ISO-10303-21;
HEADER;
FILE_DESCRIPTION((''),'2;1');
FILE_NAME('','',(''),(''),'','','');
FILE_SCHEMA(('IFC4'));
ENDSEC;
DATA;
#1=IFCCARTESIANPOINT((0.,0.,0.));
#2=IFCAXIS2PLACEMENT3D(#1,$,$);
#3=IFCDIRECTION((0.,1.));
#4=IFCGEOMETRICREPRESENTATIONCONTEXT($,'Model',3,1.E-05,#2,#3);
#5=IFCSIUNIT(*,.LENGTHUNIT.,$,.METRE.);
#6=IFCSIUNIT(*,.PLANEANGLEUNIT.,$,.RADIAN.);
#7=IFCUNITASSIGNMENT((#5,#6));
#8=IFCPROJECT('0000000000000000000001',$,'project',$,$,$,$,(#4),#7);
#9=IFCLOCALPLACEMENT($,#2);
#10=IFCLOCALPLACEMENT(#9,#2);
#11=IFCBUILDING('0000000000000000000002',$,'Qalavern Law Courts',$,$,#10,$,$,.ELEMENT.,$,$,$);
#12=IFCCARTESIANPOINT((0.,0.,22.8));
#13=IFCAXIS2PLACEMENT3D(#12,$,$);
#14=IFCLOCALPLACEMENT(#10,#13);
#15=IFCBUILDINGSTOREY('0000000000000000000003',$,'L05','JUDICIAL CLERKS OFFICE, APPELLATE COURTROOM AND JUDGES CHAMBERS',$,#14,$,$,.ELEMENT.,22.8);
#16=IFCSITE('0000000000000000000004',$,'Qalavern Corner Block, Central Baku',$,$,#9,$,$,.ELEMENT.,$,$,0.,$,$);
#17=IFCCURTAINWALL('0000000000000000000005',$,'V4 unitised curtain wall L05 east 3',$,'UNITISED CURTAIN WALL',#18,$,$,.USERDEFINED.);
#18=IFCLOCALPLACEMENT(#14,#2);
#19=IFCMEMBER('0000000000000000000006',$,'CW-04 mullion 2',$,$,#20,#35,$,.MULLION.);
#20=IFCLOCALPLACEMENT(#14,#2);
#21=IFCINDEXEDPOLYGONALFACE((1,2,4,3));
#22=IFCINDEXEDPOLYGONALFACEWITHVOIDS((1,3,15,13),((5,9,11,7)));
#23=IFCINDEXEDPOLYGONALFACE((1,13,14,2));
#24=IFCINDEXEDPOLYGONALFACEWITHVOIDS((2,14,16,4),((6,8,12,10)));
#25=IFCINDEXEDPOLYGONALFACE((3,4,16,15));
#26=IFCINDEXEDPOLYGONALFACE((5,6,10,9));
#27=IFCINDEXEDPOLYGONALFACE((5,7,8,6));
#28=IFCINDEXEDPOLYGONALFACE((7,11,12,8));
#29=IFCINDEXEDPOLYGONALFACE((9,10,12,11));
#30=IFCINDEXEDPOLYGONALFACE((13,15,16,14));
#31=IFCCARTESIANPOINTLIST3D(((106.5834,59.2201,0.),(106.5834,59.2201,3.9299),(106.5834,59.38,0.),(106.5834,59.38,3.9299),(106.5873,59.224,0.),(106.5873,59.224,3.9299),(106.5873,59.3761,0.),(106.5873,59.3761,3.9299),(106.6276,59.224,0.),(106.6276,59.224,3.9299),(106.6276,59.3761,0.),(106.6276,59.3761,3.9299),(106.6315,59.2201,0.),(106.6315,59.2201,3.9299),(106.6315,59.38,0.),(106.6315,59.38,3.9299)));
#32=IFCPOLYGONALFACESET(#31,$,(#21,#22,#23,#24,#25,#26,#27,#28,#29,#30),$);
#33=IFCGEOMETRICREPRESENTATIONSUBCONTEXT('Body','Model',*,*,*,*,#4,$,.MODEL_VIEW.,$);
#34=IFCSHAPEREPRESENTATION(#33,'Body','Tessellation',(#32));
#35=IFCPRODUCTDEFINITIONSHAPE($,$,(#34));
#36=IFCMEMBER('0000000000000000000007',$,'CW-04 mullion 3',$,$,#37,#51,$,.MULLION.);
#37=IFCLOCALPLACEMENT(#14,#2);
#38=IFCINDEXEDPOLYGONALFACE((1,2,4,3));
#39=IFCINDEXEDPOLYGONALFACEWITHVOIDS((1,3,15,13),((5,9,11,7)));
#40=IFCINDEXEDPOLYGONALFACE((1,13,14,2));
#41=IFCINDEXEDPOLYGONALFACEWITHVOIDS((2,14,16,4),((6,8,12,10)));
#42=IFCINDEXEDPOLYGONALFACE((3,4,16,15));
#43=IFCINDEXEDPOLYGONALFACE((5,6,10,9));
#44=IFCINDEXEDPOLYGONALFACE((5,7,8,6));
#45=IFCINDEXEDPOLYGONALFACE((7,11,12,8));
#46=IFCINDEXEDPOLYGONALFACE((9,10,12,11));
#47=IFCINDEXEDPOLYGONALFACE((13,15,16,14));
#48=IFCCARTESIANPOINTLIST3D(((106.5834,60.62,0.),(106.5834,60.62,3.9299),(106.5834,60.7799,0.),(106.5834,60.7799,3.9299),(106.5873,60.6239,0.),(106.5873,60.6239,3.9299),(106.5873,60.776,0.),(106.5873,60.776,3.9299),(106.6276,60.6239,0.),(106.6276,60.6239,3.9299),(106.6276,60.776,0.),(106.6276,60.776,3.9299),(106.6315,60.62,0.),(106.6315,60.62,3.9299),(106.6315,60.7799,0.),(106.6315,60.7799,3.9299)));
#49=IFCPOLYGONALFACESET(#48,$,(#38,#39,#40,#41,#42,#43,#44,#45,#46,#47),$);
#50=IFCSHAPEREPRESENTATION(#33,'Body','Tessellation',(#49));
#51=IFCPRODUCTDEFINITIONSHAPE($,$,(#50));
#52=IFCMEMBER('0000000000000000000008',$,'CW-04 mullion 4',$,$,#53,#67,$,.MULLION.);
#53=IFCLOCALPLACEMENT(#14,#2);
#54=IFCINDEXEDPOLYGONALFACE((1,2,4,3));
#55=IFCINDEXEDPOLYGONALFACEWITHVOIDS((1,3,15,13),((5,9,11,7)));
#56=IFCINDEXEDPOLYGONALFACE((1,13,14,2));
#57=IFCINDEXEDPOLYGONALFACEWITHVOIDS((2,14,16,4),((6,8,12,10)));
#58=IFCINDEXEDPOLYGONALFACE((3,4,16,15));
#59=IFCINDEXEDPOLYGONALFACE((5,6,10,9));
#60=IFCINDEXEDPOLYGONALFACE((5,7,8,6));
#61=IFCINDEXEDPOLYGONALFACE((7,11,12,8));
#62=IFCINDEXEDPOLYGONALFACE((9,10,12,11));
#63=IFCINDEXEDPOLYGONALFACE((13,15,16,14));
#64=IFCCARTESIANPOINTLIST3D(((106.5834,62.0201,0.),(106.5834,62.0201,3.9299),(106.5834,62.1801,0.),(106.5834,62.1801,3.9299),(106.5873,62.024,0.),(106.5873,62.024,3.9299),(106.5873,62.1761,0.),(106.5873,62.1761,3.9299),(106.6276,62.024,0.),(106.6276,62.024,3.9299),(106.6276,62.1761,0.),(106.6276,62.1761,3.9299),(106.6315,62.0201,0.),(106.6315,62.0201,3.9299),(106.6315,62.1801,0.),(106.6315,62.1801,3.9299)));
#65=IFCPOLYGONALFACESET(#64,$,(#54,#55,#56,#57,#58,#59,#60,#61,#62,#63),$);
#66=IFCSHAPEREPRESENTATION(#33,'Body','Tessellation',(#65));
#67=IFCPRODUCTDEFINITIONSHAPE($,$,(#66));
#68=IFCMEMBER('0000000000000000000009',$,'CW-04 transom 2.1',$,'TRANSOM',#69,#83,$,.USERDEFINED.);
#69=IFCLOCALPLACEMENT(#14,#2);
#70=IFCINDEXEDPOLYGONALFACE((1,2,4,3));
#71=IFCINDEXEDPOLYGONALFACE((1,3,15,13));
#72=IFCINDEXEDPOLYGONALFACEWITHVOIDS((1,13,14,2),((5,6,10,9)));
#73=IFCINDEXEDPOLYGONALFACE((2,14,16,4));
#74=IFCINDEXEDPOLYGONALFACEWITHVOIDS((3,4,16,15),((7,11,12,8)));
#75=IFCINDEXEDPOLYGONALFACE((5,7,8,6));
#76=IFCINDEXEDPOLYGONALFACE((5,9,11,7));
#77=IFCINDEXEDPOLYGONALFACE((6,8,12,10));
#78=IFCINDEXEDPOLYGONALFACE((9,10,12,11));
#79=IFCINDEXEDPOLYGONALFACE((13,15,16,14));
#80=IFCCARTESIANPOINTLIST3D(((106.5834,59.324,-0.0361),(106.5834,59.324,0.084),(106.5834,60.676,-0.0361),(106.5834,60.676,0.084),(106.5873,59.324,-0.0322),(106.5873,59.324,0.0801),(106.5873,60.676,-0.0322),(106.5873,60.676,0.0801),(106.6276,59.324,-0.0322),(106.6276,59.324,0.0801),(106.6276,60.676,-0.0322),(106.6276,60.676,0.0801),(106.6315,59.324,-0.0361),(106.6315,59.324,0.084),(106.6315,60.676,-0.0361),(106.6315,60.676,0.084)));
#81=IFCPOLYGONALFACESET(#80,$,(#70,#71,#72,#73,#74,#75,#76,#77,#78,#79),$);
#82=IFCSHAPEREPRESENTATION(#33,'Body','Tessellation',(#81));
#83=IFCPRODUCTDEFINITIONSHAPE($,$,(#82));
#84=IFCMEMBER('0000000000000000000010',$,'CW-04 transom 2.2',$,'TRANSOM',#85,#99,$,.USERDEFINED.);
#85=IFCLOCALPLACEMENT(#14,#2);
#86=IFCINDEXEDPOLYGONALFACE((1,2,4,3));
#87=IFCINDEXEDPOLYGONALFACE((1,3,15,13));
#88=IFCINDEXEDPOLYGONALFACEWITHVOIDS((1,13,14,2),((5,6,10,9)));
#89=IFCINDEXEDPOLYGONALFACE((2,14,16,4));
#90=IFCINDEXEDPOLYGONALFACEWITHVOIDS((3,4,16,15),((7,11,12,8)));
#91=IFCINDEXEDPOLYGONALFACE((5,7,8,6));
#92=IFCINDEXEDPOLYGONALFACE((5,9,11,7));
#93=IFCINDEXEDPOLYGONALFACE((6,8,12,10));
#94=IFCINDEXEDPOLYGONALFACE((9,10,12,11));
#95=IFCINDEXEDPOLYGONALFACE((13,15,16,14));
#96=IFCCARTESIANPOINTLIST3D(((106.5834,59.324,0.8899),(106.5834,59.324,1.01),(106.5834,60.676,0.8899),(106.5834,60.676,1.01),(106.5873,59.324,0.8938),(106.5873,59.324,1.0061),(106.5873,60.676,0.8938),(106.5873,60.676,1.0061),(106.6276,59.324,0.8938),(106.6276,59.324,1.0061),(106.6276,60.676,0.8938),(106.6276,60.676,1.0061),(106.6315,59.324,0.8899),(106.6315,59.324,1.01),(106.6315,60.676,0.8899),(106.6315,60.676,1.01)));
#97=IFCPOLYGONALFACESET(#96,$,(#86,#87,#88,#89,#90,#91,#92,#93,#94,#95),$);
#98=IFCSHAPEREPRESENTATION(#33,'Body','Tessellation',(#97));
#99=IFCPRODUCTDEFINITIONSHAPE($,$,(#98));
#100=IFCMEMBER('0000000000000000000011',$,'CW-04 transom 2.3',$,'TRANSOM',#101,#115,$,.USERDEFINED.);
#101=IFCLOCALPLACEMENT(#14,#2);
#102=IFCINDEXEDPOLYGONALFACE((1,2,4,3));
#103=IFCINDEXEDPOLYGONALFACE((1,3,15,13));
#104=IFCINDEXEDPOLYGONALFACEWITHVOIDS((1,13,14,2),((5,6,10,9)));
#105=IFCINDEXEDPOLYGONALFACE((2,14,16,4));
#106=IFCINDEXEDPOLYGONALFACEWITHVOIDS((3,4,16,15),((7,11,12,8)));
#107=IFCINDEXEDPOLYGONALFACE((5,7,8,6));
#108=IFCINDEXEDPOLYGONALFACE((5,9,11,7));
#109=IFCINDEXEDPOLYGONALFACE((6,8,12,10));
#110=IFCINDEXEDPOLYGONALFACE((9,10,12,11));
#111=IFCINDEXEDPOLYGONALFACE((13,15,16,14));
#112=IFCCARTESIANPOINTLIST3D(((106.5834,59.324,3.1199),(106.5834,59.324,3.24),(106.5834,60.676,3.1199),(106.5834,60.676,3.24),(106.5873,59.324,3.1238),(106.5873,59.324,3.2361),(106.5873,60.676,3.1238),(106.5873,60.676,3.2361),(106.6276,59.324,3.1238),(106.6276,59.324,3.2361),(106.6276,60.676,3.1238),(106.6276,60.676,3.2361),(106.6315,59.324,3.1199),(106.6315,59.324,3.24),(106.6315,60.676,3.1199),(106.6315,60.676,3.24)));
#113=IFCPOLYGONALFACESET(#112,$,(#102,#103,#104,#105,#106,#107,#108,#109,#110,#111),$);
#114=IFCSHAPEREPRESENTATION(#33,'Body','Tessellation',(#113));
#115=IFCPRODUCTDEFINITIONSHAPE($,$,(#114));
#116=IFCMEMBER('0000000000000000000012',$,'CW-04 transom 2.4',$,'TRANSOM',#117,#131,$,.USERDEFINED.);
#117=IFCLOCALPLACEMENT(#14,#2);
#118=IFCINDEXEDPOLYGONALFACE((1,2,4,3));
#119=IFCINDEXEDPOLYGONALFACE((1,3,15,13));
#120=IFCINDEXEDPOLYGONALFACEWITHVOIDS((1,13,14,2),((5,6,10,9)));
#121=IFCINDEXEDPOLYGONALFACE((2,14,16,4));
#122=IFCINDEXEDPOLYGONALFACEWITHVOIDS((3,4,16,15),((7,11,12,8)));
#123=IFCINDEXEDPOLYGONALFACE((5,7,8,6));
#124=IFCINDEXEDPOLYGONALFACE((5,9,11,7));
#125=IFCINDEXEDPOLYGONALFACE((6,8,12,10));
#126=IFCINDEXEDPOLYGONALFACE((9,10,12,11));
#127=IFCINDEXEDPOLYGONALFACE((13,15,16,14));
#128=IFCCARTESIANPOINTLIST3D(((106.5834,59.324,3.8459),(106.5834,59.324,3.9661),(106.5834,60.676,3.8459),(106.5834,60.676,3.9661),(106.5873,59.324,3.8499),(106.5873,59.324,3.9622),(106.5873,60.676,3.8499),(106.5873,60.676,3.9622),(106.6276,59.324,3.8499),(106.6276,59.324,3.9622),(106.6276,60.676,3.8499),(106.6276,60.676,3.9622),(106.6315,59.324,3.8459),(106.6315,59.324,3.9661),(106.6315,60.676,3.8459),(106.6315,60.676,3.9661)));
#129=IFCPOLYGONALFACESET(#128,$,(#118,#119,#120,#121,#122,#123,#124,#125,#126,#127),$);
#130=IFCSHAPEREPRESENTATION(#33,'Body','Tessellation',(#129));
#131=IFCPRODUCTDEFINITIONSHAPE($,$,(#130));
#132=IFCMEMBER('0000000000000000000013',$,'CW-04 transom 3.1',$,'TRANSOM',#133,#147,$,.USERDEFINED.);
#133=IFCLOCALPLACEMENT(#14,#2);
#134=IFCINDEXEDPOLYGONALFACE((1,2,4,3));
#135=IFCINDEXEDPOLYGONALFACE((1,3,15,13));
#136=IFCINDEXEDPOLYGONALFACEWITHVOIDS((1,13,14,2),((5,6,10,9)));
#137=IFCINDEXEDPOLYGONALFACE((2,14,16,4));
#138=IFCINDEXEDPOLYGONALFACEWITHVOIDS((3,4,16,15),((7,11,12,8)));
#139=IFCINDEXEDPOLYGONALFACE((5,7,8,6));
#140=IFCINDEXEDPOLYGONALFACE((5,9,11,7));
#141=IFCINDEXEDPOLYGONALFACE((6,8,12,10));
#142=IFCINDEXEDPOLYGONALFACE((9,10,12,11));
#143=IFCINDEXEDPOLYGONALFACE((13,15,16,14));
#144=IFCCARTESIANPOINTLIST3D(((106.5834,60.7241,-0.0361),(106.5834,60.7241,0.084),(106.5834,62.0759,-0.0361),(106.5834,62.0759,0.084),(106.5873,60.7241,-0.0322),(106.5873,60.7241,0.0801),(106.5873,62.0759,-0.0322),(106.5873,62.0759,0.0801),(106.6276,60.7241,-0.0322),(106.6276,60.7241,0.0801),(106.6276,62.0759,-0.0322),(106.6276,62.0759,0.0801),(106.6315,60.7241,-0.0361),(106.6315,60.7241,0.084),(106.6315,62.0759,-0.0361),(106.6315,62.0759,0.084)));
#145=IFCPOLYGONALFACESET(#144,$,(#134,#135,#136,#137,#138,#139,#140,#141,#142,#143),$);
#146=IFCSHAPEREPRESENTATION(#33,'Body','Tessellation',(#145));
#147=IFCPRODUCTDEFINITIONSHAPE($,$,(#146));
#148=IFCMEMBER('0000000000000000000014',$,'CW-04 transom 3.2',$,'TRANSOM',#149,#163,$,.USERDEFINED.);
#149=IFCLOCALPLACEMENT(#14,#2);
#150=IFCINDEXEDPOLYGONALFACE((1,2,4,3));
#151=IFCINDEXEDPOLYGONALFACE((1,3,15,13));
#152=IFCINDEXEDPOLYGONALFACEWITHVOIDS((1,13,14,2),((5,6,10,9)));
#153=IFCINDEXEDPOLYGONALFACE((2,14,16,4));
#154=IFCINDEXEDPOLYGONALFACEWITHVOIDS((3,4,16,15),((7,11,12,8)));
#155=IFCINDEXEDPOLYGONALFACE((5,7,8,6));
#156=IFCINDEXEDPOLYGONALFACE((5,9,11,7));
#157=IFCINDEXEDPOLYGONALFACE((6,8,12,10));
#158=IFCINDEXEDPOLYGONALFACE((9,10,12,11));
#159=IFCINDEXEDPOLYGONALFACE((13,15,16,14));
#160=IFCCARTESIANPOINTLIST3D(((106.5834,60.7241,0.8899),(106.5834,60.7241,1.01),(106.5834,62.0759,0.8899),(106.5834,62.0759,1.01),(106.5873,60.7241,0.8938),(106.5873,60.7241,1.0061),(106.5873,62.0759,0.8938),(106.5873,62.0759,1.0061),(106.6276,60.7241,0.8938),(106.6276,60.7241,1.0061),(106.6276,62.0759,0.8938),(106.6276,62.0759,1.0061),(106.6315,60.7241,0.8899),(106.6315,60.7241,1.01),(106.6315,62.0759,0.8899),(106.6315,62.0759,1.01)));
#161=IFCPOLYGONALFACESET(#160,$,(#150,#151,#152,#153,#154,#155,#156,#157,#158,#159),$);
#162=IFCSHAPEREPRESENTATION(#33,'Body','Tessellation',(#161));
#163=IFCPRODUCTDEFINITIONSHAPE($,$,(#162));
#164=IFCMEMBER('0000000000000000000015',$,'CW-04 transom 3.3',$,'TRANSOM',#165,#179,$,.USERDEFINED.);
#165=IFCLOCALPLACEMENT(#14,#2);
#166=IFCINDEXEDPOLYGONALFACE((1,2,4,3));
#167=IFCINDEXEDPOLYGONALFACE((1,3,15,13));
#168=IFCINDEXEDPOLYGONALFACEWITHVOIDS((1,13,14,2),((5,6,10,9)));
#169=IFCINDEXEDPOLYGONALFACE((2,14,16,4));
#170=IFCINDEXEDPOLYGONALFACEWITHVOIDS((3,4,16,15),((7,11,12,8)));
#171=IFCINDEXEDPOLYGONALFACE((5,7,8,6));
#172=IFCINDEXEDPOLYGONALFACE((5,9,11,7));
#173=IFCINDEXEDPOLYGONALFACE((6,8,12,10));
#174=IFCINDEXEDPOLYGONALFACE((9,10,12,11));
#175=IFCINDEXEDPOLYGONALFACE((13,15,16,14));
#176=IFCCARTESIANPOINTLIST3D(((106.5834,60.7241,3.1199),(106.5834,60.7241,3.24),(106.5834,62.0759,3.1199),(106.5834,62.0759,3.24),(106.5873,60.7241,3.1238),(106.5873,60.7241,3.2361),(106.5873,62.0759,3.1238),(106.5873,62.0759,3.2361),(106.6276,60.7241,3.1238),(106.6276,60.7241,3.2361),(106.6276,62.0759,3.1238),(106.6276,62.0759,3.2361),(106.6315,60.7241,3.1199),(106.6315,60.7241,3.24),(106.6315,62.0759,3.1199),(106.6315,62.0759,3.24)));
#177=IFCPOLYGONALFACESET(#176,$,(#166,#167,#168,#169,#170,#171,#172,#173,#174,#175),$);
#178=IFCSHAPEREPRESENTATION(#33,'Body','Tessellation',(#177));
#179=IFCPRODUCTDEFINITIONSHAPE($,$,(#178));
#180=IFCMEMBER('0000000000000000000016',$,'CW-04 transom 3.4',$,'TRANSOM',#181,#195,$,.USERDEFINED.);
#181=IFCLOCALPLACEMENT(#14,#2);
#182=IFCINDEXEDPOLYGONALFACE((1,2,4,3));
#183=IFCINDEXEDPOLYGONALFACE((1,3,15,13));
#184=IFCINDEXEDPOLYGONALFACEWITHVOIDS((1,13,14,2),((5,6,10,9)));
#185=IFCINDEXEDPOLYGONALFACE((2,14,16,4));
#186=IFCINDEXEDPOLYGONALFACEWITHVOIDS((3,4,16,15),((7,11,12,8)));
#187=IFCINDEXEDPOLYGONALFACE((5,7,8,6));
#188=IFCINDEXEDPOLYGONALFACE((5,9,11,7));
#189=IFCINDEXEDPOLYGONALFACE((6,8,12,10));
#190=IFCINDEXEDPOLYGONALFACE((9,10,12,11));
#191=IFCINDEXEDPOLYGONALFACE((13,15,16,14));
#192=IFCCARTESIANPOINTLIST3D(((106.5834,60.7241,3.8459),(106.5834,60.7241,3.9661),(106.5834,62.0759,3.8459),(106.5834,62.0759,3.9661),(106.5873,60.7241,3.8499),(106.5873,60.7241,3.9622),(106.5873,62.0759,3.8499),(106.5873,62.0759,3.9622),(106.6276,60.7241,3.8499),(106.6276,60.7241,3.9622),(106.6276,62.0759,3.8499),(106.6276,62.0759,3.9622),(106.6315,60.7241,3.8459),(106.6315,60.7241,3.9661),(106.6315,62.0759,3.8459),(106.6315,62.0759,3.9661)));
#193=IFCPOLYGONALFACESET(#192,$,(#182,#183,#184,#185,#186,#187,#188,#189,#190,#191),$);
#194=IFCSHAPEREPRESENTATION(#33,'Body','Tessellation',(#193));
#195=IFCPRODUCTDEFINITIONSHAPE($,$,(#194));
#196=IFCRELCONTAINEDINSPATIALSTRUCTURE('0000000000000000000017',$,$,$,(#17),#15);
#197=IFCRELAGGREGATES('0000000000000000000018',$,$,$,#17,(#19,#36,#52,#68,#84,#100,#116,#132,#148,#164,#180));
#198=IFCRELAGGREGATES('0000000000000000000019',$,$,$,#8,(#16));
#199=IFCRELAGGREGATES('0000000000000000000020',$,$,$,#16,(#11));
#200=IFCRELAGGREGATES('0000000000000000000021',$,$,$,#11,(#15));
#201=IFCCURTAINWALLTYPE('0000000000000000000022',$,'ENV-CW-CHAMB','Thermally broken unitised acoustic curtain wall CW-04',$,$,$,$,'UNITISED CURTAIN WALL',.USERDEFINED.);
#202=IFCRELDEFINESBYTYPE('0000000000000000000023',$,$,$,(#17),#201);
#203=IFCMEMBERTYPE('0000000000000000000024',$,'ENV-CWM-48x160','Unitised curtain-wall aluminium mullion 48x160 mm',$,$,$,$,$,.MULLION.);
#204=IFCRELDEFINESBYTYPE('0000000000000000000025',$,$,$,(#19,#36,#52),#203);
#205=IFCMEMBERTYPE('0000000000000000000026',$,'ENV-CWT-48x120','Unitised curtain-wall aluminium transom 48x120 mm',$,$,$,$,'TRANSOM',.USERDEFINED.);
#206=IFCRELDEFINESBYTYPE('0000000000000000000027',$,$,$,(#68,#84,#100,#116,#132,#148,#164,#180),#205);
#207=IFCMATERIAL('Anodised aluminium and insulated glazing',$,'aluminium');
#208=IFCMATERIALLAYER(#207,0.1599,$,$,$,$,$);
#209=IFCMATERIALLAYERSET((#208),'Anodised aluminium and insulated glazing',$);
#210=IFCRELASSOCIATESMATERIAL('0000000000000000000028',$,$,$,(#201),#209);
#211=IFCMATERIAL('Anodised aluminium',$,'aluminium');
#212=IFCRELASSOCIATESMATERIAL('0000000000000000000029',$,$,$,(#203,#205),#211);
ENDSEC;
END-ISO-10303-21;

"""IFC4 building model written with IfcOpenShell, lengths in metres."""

from ifc_helpers import new_model, si_unit, direction, frame, origin, origin_2d, place, context, subcontext, project, spatial, hollow_rectangle, extrude, material, layer, layer_set, material_profile, profile_set, type_object, element, aggregate, save


model = new_model("IFC4")

# Units and contexts
model_context = context("Model", 3, precision=1e-05, world=origin(), true_north=direction((0.0, 1.0)))
body_context = subcontext(model_context, "Body", "Model", "MODEL_VIEW")
ifc_project = project(units=[si_unit("LENGTHUNIT", "METRE"), si_unit("PLANEANGLEUNIT", "RADIAN")], contexts=[model_context])

# Site, building, storey
site_placement = place(None, origin())
site = spatial("IfcSite", under=ifc_project, at=site_placement, Name="Qalavern Corner Block, Central Baku", CompositionType="ELEMENT", RefElevation=0.0)
building_placement = place(site_placement, origin())
building = spatial("IfcBuilding", under=site, at=building_placement, Name="Qalavern Law Courts", CompositionType="ELEMENT")
storey_placement = place(building_placement, frame((0.0, 0.0, 22.8)))
storey = spatial("IfcBuildingStorey", under=building, at=storey_placement, Name="L05", Description="JUDICIAL CLERKS OFFICE, APPELLATE COURTROOM AND JUDGES CHAMBERS", CompositionType="ELEMENT", Elevation=22.8)

# Curtain wall, members
ifc_material_1 = material(Name="Anodised aluminium and insulated glazing", Category="aluminium")
ifc_layer_1 = layer(ifc_material_1, 0.1599)
ifc_layer_set_1 = layer_set([ifc_layer_1], Name="Anodised aluminium and insulated glazing")
curtain_wall_type = type_object("IfcCurtainWallType", Name="ENV-CW-CHAMB", Description="Thermally broken unitised acoustic curtain wall CW-04", ElementType="UNITISED CURTAIN WALL", PredefinedType="USERDEFINED", material=ifc_layer_set_1)
curtain_wall_placement = place(storey_placement, origin())
curtain_wall = element("IfcCurtainWall", 1, at=curtain_wall_placement, inside=storey, type_object=curtain_wall_type, Name="V4 unitised curtain wall L05 east 3", ObjectType="UNITISED CURTAIN WALL", PredefinedType="USERDEFINED")
ifc_material_2 = material(Name="Anodised aluminium", Category="aluminium")
ifc_material_profile_1 = material_profile(ifc_material_2, hollow_rectangle(XDim=0.0481, YDim=0.1599, WallThickness=0.0039, at=origin_2d()), Name="ALU MULLION 48x160")
ifc_profile_set_1 = profile_set([ifc_material_profile_1], Name="Anodised aluminium")
member_type_1 = type_object("IfcMemberType", Name="ENV-CWM-48x160", Description="Unitised curtain-wall aluminium mullion 48x160 mm", PredefinedType="MULLION", material=ifc_profile_set_1)
member_1_placement = place(storey_placement, frame((106.6074, 59.3, 0.0), z_axis=(0.0, 0.0, 1.0), x_axis=(-1.0, 0.0, 0.0)))
member_1 = element("IfcMember", 2, at=member_1_placement, type_object=member_type_1, Name="CW-04 mullion 2", PredefinedType="MULLION", context=body_context, shape_type="SweptSolid", body=[
    extrude(hollow_rectangle(XDim=0.0481, YDim=0.1599, WallThickness=0.0039, at=origin_2d()), origin(), (0.0, 0.0, 1.0), 3.9299),
])
member_2_placement = place(storey_placement, frame((106.6074, 60.7, 0.0), z_axis=(0.0, 0.0, 1.0), x_axis=(-1.0, 0.0, 0.0)))
member_2 = element("IfcMember", 3, at=member_2_placement, type_object=member_type_1, Name="CW-04 mullion 3", PredefinedType="MULLION", context=body_context, shape_type="SweptSolid", body=[
    extrude(hollow_rectangle(XDim=0.0481, YDim=0.1599, WallThickness=0.0039, at=origin_2d()), origin(), (0.0, 0.0, 1.0), 3.9299),
])
member_3_placement = place(storey_placement, frame((106.6074, 62.1001, 0.0), z_axis=(0.0, 0.0, 1.0), x_axis=(-1.0, 0.0, 0.0)))
member_3 = element("IfcMember", 4, at=member_3_placement, type_object=member_type_1, Name="CW-04 mullion 4", PredefinedType="MULLION", context=body_context, shape_type="SweptSolid", body=[
    extrude(hollow_rectangle(XDim=0.0481, YDim=0.1599, WallThickness=0.0039, at=origin_2d()), origin(), (0.0, 0.0, 1.0), 3.9299),
])
ifc_material_profile_2 = material_profile(ifc_material_2, hollow_rectangle(XDim=0.0481, YDim=0.1201, WallThickness=0.0039, at=origin_2d()), Name="ALU TRANSOM 48x120")
ifc_profile_set_2 = profile_set([ifc_material_profile_2], Name="Anodised aluminium")
member_type_2 = type_object("IfcMemberType", Name="ENV-CWT-48x120", Description="Unitised curtain-wall aluminium transom 48x120 mm", ElementType="TRANSOM", PredefinedType="USERDEFINED", material=ifc_profile_set_2)
member_4_placement = place(storey_placement, frame((106.6074, 59.324, 0.0239), z_axis=(0.0, 1.0, 0.0), x_axis=(-1.0, 0.0, 0.0)))
member_4 = element("IfcMember", 5, at=member_4_placement, type_object=member_type_2, Name="CW-04 transom 2.1", ObjectType="TRANSOM", PredefinedType="USERDEFINED", context=body_context, shape_type="SweptSolid", body=[
    extrude(hollow_rectangle(XDim=0.0481, YDim=0.1201, WallThickness=0.0039, at=origin_2d()), origin(), (0.0, 0.0, 1.0), 1.3521),
])
member_5_placement = place(storey_placement, frame((106.6074, 59.324, 0.95), z_axis=(0.0, 1.0, 0.0), x_axis=(-1.0, 0.0, 0.0)))
member_5 = element("IfcMember", 6, at=member_5_placement, type_object=member_type_2, Name="CW-04 transom 2.2", ObjectType="TRANSOM", PredefinedType="USERDEFINED", context=body_context, shape_type="SweptSolid", body=[
    extrude(hollow_rectangle(XDim=0.0481, YDim=0.1201, WallThickness=0.0039, at=origin_2d()), origin(), (0.0, 0.0, 1.0), 1.3521),
])
member_6_placement = place(storey_placement, frame((106.6074, 59.324, 3.1799), z_axis=(0.0, 1.0, 0.0), x_axis=(-1.0, 0.0, 0.0)))
member_6 = element("IfcMember", 7, at=member_6_placement, type_object=member_type_2, Name="CW-04 transom 2.3", ObjectType="TRANSOM", PredefinedType="USERDEFINED", context=body_context, shape_type="SweptSolid", body=[
    extrude(hollow_rectangle(XDim=0.0481, YDim=0.1201, WallThickness=0.0039, at=origin_2d()), origin(), (0.0, 0.0, 1.0), 1.3521),
])
member_7_placement = place(storey_placement, frame((106.6074, 59.324, 3.906), z_axis=(0.0, 1.0, 0.0), x_axis=(-1.0, 0.0, 0.0)))
member_7 = element("IfcMember", 8, at=member_7_placement, type_object=member_type_2, Name="CW-04 transom 2.4", ObjectType="TRANSOM", PredefinedType="USERDEFINED", context=body_context, shape_type="SweptSolid", body=[
    extrude(hollow_rectangle(XDim=0.0481, YDim=0.1201, WallThickness=0.0039, at=origin_2d()), origin(), (0.0, 0.0, 1.0), 1.3521),
])
member_8_placement = place(storey_placement, frame((106.6074, 60.7241, 0.0239), z_axis=(0.0, 1.0, 0.0), x_axis=(-1.0, 0.0, 0.0)))
member_8 = element("IfcMember", 9, at=member_8_placement, type_object=member_type_2, Name="CW-04 transom 3.1", ObjectType="TRANSOM", PredefinedType="USERDEFINED", context=body_context, shape_type="SweptSolid", body=[
    extrude(hollow_rectangle(XDim=0.0481, YDim=0.1201, WallThickness=0.0039, at=origin_2d()), origin(), (0.0, 0.0, 1.0), 1.3518),
])
member_9_placement = place(storey_placement, frame((106.6074, 60.7241, 0.95), z_axis=(0.0, 1.0, 0.0), x_axis=(-1.0, 0.0, 0.0)))
member_9 = element("IfcMember", 10, at=member_9_placement, type_object=member_type_2, Name="CW-04 transom 3.2", ObjectType="TRANSOM", PredefinedType="USERDEFINED", context=body_context, shape_type="SweptSolid", body=[
    extrude(hollow_rectangle(XDim=0.0481, YDim=0.1201, WallThickness=0.0039, at=origin_2d()), origin(), (0.0, 0.0, 1.0), 1.3518),
])
member_10_placement = place(storey_placement, frame((106.6074, 60.7241, 3.1799), z_axis=(0.0, 1.0, 0.0), x_axis=(-1.0, 0.0, 0.0)))
member_10 = element("IfcMember", 11, at=member_10_placement, type_object=member_type_2, Name="CW-04 transom 3.3", ObjectType="TRANSOM", PredefinedType="USERDEFINED", context=body_context, shape_type="SweptSolid", body=[
    extrude(hollow_rectangle(XDim=0.0481, YDim=0.1201, WallThickness=0.0039, at=origin_2d()), origin(), (0.0, 0.0, 1.0), 1.3518),
])
member_11_placement = place(storey_placement, frame((106.6074, 60.7241, 3.906), z_axis=(0.0, 1.0, 0.0), x_axis=(-1.0, 0.0, 0.0)))
member_11 = element("IfcMember", 12, at=member_11_placement, type_object=member_type_2, Name="CW-04 transom 3.4", ObjectType="TRANSOM", PredefinedType="USERDEFINED", context=body_context, shape_type="SweptSolid", body=[
    extrude(hollow_rectangle(XDim=0.0481, YDim=0.1201, WallThickness=0.0039, at=origin_2d()), origin(), (0.0, 0.0, 1.0), 1.3518),
])
aggregate(curtain_wall, [member_1, member_2, member_3, member_4, member_5, member_6, member_7, member_8, member_9, member_10, member_11])

save(model, "model.ifc")
